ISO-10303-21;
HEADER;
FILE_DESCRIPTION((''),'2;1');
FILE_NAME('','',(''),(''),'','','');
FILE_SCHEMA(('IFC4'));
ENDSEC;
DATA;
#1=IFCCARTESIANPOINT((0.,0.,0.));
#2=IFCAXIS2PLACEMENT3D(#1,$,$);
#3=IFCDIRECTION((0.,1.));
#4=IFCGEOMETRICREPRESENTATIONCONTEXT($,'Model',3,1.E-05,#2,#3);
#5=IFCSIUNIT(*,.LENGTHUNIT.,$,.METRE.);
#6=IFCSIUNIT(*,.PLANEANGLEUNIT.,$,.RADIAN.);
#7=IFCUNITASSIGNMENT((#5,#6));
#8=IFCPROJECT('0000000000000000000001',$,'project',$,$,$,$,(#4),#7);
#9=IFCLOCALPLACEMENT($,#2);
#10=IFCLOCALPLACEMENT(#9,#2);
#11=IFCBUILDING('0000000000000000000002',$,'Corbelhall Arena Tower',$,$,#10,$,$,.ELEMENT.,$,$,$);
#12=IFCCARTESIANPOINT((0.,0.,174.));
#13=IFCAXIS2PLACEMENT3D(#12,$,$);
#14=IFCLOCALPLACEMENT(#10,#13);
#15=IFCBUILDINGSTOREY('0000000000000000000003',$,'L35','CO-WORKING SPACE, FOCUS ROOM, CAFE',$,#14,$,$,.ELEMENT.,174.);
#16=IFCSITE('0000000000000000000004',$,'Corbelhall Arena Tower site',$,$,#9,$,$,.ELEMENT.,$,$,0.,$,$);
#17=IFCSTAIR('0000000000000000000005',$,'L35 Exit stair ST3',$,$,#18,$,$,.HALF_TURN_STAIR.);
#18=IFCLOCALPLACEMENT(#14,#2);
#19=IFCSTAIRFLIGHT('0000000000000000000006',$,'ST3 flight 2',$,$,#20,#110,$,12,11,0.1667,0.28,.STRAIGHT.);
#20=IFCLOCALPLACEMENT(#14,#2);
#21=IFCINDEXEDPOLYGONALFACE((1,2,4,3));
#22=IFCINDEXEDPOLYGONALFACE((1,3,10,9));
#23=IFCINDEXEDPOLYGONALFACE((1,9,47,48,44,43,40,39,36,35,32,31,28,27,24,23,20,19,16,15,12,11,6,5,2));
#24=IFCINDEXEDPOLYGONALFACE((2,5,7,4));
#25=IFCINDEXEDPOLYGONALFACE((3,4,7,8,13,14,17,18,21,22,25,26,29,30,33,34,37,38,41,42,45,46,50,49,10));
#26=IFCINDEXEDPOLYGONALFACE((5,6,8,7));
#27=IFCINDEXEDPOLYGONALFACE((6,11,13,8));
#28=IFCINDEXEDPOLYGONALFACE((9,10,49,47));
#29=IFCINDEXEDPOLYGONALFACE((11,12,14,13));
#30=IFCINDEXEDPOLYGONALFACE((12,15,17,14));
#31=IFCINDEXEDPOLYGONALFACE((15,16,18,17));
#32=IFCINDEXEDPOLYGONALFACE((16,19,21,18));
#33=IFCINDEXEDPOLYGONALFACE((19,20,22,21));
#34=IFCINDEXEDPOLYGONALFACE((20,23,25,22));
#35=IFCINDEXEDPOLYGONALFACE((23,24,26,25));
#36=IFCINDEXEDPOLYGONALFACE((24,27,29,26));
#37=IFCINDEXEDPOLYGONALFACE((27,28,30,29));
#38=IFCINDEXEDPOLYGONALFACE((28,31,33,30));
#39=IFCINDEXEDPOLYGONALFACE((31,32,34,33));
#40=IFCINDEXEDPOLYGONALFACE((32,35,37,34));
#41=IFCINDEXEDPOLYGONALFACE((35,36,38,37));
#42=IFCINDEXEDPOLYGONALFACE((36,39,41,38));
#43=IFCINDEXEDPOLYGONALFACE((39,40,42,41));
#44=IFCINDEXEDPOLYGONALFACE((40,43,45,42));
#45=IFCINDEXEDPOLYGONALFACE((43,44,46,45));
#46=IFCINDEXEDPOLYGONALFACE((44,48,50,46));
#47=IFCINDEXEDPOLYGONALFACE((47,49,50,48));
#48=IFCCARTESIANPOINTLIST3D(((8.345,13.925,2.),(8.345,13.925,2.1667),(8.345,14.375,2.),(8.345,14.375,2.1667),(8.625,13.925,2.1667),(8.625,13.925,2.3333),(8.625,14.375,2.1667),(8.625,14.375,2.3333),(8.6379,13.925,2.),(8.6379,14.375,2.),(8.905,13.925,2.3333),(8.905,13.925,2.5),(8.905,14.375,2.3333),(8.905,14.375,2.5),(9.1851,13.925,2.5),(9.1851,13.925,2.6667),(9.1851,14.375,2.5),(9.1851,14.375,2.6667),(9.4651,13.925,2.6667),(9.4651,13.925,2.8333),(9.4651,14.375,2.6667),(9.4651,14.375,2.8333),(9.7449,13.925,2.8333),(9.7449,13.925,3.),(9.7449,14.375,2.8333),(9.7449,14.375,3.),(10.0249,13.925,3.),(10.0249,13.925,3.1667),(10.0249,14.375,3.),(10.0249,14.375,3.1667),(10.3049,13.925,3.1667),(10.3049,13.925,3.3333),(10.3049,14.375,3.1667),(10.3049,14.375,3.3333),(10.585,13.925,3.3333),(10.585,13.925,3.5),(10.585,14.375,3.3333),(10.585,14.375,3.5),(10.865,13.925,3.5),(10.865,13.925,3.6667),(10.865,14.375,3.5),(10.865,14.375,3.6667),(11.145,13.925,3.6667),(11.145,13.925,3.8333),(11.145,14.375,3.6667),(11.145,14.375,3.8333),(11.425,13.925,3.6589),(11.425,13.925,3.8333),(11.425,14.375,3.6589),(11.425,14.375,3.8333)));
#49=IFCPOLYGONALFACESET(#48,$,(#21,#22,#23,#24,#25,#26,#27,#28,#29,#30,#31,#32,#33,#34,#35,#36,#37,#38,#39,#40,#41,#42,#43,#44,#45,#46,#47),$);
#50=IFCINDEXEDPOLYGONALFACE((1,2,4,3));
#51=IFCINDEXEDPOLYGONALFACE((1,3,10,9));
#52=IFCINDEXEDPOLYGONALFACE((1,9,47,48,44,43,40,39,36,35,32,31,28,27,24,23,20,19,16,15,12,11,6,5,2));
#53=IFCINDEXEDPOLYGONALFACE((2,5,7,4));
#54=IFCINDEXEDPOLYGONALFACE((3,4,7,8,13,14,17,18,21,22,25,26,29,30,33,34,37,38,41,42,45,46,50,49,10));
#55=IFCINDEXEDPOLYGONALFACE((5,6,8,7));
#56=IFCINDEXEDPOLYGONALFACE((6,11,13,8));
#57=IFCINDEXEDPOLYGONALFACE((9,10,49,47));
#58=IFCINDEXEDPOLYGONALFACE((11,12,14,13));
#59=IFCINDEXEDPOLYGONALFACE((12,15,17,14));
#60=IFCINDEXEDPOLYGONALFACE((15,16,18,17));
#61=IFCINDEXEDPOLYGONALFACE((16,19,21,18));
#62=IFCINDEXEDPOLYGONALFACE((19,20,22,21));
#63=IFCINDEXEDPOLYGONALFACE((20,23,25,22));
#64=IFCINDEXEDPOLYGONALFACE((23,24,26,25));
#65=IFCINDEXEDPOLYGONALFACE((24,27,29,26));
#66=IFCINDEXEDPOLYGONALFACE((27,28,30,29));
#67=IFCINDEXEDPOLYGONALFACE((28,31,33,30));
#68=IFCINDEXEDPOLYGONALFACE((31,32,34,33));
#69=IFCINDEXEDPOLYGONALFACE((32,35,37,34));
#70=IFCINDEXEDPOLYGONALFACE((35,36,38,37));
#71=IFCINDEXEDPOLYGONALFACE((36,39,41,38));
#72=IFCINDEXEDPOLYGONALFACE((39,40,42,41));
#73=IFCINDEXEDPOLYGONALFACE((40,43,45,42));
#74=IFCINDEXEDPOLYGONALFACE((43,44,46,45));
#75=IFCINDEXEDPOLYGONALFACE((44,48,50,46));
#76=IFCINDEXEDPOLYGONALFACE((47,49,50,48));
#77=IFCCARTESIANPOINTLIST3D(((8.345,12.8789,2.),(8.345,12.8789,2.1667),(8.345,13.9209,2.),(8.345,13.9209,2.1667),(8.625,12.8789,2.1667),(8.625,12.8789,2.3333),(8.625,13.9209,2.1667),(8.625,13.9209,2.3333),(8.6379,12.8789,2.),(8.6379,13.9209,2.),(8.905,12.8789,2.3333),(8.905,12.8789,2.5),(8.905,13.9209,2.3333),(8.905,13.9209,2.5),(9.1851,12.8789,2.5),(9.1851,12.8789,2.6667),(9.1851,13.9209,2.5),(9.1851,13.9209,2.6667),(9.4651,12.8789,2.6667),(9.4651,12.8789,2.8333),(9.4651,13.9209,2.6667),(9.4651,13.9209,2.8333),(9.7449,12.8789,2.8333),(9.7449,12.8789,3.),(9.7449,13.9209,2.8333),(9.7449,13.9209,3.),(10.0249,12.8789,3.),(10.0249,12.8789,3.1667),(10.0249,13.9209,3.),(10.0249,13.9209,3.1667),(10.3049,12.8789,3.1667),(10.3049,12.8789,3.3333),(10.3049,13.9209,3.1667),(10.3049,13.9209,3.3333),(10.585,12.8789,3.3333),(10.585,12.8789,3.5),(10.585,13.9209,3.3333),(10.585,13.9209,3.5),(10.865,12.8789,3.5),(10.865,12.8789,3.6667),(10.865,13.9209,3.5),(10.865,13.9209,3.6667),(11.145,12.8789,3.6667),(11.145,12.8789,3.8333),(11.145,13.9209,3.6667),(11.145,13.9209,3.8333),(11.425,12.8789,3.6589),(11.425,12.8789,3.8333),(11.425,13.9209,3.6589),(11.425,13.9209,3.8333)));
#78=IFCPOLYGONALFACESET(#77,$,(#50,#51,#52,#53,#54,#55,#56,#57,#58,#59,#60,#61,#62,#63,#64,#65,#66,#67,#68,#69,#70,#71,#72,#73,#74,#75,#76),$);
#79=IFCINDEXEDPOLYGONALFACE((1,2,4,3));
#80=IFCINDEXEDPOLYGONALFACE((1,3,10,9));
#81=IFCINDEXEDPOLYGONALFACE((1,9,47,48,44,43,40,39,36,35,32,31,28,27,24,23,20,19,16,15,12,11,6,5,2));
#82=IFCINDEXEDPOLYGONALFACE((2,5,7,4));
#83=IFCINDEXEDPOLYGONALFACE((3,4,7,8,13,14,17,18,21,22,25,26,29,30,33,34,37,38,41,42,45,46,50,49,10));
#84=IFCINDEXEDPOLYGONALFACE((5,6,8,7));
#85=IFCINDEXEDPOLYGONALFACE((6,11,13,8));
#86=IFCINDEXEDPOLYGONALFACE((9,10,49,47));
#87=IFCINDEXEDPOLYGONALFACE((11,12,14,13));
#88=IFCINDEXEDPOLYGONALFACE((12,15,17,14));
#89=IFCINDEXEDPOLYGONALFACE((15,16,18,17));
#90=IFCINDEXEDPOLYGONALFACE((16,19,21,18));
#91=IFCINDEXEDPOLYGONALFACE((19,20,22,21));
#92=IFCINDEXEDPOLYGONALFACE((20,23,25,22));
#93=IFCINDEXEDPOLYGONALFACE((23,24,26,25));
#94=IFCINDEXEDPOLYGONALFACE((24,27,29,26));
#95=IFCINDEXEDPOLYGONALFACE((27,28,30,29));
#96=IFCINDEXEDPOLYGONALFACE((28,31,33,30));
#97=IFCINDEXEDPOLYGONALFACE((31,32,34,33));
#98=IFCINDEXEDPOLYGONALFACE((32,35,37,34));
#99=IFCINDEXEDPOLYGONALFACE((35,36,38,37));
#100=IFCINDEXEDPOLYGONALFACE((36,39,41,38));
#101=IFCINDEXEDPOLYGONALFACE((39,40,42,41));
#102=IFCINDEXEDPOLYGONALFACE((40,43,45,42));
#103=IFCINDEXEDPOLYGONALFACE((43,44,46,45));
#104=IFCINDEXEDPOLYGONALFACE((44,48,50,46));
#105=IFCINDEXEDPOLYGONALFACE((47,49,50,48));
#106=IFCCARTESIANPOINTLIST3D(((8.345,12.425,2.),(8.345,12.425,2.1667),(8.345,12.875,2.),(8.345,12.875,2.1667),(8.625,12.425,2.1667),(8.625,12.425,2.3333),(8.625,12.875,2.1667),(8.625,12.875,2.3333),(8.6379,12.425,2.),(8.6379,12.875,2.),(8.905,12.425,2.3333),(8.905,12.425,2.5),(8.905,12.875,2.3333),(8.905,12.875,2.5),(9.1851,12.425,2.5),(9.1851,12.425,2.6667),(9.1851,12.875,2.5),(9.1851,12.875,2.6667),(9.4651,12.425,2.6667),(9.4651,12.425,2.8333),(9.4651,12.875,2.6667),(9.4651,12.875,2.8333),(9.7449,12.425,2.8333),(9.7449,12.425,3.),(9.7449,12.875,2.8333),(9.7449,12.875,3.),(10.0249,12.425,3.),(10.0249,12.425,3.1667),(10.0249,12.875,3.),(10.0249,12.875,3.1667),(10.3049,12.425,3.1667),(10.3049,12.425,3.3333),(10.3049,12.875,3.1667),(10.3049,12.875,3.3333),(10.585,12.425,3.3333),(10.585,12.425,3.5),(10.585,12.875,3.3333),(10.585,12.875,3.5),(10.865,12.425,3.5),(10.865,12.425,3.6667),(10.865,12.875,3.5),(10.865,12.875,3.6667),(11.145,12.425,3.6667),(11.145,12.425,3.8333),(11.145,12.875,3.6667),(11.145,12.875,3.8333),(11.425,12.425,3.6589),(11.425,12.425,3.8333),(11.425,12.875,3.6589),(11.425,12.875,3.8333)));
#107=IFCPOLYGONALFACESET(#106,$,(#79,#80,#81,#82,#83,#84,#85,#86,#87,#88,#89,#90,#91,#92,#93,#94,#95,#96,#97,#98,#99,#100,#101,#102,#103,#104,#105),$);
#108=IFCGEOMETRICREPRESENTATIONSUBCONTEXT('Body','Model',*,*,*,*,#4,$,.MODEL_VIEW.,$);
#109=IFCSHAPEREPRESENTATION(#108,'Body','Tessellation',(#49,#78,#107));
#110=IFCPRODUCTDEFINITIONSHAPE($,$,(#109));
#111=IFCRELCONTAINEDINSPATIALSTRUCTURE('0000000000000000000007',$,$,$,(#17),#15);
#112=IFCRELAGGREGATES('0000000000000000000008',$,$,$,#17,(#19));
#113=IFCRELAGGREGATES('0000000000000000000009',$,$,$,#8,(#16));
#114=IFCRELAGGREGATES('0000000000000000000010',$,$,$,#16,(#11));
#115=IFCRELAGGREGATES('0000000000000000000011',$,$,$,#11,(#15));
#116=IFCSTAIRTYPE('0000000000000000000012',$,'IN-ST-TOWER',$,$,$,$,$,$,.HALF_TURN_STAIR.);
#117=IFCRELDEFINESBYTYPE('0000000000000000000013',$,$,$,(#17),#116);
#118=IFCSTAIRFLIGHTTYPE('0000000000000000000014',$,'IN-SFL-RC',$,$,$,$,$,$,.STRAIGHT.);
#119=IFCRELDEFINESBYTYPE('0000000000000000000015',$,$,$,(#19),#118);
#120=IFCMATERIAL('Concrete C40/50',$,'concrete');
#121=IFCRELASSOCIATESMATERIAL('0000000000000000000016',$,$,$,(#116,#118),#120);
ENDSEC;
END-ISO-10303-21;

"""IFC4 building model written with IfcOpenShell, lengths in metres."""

from ifc_helpers import new_model, si_unit, direction, frame, origin, place, context, subcontext, project, spatial, polyline, outline, extrude, material, type_object, element, aggregate, save


model = new_model("IFC4")

# Units and contexts
model_context = context("Model", 3, precision=1e-05, world=origin(), true_north=direction((0.0, 1.0)))
body_context = subcontext(model_context, "Body", "Model", "MODEL_VIEW")
ifc_project = project(units=[si_unit("LENGTHUNIT", "METRE"), si_unit("PLANEANGLEUNIT", "RADIAN")], contexts=[model_context])

# Site, building, storey
site_placement = place(None, origin())
site = spatial("IfcSite", under=ifc_project, at=site_placement, Name="Corbelhall Arena Tower site", CompositionType="ELEMENT", RefElevation=0.0)
building_placement = place(site_placement, origin())
building = spatial("IfcBuilding", under=site, at=building_placement, Name="Corbelhall Arena Tower", CompositionType="ELEMENT")
storey_placement = place(building_placement, frame((0.0, 0.0, 174.0)))
storey = spatial("IfcBuildingStorey", under=building, at=storey_placement, Name="L35", Description="CO-WORKING SPACE, FOCUS ROOM, CAFE", CompositionType="ELEMENT", Elevation=174.0)

# Shared definitions
ifc_material_1 = material(Name="Concrete C40/50", Category="concrete")

# Stair, stair flight
stair_type = type_object("IfcStairType", Name="IN-ST-TOWER", PredefinedType="HALF_TURN_STAIR", material=ifc_material_1)
stair_placement = place(storey_placement, origin())
stair = element("IfcStair", 1, at=stair_placement, inside=storey, type_object=stair_type, Name="L35 Exit stair ST3", PredefinedType="HALF_TURN_STAIR")
stair_flight_type = type_object("IfcStairFlightType", Name="IN-SFL-RC", PredefinedType="STRAIGHT", material=ifc_material_1)
stair_flight_1_placement = place(storey_placement, frame((8.345, 13.3999, 2.0), z_axis=(0.0, 0.0, 1.0), x_axis=(1.0, 0.0, 0.0)))
stair_flight_1 = element("IfcStairFlight", 2, at=stair_flight_1_placement, type_object=stair_flight_type, Name="ST3 flight 2", NumberOfRisers=12, NumberOfTreads=11, PredefinedType="STRAIGHT", RiserHeight=0.1667, TreadLength=0.28, context=body_context, shape_type="SweptSolid", body=[
    extrude(outline(polyline([(0.0, 0.0), (0.0, 0.1667), (0.28, 0.1667), (0.28, 0.3333), (0.5601, 0.3333), (0.5601, 0.5), (0.8401, 0.5), (0.8401, 0.6667), (1.1201, 0.6667), (1.1201, 0.8333), (1.3999, 0.8333), (1.3999, 1.0), (1.6799, 1.0), (1.6799, 1.1667), (1.96, 1.1667), (1.96, 1.3333), (2.24, 1.3333), (2.24, 1.5), (2.52, 1.5), (2.52, 1.6667), (2.8, 1.6667), (2.8, 1.8333), (3.0801, 1.8333), (3.0801, 2.0), (3.0801, 1.6589), (0.293, 0.0), (0.0, 0.0)])), frame((0.0, 0.9751, 0.0), z_axis=(0.0, -1.0, 0.0), x_axis=(1.0, 0.0, 0.0)), (0.0, 0.0, 1.0), 0.45),
    extrude(outline(polyline([(0.0, 0.0), (0.0, 0.1667), (0.28, 0.1667), (0.28, 0.3333), (0.5601, 0.3333), (0.5601, 0.5), (0.8401, 0.5), (0.8401, 0.6667), (1.1201, 0.6667), (1.1201, 0.8333), (1.3999, 0.8333), (1.3999, 1.0), (1.6799, 1.0), (1.6799, 1.1667), (1.96, 1.1667), (1.96, 1.3333), (2.24, 1.3333), (2.24, 1.5), (2.52, 1.5), (2.52, 1.6667), (2.8, 1.6667), (2.8, 1.8333), (3.0801, 1.8333), (3.0801, 2.0), (3.0801, 1.6589), (0.293, 0.0), (0.0, 0.0)])), frame((0.0, 0.521, 0.0), z_axis=(0.0, -1.0, 0.0), x_axis=(1.0, 0.0, 0.0)), (0.0, 0.0, 1.0), 1.042),
    extrude(outline(polyline([(0.0, 0.0), (0.0, 0.1667), (0.28, 0.1667), (0.28, 0.3333), (0.5601, 0.3333), (0.5601, 0.5), (0.8401, 0.5), (0.8401, 0.6667), (1.1201, 0.6667), (1.1201, 0.8333), (1.3999, 0.8333), (1.3999, 1.0), (1.6799, 1.0), (1.6799, 1.1667), (1.96, 1.1667), (1.96, 1.3333), (2.24, 1.3333), (2.24, 1.5), (2.52, 1.5), (2.52, 1.6667), (2.8, 1.6667), (2.8, 1.8333), (3.0801, 1.8333), (3.0801, 2.0), (3.0801, 1.6589), (0.293, 0.0), (0.0, 0.0)])), frame((0.0, -0.5249, 0.0), z_axis=(0.0, -1.0, 0.0), x_axis=(1.0, 0.0, 0.0)), (0.0, 0.0, 1.0), 0.45),
])
aggregate(stair, [stair_flight_1])

save(model, "model.ifc")
